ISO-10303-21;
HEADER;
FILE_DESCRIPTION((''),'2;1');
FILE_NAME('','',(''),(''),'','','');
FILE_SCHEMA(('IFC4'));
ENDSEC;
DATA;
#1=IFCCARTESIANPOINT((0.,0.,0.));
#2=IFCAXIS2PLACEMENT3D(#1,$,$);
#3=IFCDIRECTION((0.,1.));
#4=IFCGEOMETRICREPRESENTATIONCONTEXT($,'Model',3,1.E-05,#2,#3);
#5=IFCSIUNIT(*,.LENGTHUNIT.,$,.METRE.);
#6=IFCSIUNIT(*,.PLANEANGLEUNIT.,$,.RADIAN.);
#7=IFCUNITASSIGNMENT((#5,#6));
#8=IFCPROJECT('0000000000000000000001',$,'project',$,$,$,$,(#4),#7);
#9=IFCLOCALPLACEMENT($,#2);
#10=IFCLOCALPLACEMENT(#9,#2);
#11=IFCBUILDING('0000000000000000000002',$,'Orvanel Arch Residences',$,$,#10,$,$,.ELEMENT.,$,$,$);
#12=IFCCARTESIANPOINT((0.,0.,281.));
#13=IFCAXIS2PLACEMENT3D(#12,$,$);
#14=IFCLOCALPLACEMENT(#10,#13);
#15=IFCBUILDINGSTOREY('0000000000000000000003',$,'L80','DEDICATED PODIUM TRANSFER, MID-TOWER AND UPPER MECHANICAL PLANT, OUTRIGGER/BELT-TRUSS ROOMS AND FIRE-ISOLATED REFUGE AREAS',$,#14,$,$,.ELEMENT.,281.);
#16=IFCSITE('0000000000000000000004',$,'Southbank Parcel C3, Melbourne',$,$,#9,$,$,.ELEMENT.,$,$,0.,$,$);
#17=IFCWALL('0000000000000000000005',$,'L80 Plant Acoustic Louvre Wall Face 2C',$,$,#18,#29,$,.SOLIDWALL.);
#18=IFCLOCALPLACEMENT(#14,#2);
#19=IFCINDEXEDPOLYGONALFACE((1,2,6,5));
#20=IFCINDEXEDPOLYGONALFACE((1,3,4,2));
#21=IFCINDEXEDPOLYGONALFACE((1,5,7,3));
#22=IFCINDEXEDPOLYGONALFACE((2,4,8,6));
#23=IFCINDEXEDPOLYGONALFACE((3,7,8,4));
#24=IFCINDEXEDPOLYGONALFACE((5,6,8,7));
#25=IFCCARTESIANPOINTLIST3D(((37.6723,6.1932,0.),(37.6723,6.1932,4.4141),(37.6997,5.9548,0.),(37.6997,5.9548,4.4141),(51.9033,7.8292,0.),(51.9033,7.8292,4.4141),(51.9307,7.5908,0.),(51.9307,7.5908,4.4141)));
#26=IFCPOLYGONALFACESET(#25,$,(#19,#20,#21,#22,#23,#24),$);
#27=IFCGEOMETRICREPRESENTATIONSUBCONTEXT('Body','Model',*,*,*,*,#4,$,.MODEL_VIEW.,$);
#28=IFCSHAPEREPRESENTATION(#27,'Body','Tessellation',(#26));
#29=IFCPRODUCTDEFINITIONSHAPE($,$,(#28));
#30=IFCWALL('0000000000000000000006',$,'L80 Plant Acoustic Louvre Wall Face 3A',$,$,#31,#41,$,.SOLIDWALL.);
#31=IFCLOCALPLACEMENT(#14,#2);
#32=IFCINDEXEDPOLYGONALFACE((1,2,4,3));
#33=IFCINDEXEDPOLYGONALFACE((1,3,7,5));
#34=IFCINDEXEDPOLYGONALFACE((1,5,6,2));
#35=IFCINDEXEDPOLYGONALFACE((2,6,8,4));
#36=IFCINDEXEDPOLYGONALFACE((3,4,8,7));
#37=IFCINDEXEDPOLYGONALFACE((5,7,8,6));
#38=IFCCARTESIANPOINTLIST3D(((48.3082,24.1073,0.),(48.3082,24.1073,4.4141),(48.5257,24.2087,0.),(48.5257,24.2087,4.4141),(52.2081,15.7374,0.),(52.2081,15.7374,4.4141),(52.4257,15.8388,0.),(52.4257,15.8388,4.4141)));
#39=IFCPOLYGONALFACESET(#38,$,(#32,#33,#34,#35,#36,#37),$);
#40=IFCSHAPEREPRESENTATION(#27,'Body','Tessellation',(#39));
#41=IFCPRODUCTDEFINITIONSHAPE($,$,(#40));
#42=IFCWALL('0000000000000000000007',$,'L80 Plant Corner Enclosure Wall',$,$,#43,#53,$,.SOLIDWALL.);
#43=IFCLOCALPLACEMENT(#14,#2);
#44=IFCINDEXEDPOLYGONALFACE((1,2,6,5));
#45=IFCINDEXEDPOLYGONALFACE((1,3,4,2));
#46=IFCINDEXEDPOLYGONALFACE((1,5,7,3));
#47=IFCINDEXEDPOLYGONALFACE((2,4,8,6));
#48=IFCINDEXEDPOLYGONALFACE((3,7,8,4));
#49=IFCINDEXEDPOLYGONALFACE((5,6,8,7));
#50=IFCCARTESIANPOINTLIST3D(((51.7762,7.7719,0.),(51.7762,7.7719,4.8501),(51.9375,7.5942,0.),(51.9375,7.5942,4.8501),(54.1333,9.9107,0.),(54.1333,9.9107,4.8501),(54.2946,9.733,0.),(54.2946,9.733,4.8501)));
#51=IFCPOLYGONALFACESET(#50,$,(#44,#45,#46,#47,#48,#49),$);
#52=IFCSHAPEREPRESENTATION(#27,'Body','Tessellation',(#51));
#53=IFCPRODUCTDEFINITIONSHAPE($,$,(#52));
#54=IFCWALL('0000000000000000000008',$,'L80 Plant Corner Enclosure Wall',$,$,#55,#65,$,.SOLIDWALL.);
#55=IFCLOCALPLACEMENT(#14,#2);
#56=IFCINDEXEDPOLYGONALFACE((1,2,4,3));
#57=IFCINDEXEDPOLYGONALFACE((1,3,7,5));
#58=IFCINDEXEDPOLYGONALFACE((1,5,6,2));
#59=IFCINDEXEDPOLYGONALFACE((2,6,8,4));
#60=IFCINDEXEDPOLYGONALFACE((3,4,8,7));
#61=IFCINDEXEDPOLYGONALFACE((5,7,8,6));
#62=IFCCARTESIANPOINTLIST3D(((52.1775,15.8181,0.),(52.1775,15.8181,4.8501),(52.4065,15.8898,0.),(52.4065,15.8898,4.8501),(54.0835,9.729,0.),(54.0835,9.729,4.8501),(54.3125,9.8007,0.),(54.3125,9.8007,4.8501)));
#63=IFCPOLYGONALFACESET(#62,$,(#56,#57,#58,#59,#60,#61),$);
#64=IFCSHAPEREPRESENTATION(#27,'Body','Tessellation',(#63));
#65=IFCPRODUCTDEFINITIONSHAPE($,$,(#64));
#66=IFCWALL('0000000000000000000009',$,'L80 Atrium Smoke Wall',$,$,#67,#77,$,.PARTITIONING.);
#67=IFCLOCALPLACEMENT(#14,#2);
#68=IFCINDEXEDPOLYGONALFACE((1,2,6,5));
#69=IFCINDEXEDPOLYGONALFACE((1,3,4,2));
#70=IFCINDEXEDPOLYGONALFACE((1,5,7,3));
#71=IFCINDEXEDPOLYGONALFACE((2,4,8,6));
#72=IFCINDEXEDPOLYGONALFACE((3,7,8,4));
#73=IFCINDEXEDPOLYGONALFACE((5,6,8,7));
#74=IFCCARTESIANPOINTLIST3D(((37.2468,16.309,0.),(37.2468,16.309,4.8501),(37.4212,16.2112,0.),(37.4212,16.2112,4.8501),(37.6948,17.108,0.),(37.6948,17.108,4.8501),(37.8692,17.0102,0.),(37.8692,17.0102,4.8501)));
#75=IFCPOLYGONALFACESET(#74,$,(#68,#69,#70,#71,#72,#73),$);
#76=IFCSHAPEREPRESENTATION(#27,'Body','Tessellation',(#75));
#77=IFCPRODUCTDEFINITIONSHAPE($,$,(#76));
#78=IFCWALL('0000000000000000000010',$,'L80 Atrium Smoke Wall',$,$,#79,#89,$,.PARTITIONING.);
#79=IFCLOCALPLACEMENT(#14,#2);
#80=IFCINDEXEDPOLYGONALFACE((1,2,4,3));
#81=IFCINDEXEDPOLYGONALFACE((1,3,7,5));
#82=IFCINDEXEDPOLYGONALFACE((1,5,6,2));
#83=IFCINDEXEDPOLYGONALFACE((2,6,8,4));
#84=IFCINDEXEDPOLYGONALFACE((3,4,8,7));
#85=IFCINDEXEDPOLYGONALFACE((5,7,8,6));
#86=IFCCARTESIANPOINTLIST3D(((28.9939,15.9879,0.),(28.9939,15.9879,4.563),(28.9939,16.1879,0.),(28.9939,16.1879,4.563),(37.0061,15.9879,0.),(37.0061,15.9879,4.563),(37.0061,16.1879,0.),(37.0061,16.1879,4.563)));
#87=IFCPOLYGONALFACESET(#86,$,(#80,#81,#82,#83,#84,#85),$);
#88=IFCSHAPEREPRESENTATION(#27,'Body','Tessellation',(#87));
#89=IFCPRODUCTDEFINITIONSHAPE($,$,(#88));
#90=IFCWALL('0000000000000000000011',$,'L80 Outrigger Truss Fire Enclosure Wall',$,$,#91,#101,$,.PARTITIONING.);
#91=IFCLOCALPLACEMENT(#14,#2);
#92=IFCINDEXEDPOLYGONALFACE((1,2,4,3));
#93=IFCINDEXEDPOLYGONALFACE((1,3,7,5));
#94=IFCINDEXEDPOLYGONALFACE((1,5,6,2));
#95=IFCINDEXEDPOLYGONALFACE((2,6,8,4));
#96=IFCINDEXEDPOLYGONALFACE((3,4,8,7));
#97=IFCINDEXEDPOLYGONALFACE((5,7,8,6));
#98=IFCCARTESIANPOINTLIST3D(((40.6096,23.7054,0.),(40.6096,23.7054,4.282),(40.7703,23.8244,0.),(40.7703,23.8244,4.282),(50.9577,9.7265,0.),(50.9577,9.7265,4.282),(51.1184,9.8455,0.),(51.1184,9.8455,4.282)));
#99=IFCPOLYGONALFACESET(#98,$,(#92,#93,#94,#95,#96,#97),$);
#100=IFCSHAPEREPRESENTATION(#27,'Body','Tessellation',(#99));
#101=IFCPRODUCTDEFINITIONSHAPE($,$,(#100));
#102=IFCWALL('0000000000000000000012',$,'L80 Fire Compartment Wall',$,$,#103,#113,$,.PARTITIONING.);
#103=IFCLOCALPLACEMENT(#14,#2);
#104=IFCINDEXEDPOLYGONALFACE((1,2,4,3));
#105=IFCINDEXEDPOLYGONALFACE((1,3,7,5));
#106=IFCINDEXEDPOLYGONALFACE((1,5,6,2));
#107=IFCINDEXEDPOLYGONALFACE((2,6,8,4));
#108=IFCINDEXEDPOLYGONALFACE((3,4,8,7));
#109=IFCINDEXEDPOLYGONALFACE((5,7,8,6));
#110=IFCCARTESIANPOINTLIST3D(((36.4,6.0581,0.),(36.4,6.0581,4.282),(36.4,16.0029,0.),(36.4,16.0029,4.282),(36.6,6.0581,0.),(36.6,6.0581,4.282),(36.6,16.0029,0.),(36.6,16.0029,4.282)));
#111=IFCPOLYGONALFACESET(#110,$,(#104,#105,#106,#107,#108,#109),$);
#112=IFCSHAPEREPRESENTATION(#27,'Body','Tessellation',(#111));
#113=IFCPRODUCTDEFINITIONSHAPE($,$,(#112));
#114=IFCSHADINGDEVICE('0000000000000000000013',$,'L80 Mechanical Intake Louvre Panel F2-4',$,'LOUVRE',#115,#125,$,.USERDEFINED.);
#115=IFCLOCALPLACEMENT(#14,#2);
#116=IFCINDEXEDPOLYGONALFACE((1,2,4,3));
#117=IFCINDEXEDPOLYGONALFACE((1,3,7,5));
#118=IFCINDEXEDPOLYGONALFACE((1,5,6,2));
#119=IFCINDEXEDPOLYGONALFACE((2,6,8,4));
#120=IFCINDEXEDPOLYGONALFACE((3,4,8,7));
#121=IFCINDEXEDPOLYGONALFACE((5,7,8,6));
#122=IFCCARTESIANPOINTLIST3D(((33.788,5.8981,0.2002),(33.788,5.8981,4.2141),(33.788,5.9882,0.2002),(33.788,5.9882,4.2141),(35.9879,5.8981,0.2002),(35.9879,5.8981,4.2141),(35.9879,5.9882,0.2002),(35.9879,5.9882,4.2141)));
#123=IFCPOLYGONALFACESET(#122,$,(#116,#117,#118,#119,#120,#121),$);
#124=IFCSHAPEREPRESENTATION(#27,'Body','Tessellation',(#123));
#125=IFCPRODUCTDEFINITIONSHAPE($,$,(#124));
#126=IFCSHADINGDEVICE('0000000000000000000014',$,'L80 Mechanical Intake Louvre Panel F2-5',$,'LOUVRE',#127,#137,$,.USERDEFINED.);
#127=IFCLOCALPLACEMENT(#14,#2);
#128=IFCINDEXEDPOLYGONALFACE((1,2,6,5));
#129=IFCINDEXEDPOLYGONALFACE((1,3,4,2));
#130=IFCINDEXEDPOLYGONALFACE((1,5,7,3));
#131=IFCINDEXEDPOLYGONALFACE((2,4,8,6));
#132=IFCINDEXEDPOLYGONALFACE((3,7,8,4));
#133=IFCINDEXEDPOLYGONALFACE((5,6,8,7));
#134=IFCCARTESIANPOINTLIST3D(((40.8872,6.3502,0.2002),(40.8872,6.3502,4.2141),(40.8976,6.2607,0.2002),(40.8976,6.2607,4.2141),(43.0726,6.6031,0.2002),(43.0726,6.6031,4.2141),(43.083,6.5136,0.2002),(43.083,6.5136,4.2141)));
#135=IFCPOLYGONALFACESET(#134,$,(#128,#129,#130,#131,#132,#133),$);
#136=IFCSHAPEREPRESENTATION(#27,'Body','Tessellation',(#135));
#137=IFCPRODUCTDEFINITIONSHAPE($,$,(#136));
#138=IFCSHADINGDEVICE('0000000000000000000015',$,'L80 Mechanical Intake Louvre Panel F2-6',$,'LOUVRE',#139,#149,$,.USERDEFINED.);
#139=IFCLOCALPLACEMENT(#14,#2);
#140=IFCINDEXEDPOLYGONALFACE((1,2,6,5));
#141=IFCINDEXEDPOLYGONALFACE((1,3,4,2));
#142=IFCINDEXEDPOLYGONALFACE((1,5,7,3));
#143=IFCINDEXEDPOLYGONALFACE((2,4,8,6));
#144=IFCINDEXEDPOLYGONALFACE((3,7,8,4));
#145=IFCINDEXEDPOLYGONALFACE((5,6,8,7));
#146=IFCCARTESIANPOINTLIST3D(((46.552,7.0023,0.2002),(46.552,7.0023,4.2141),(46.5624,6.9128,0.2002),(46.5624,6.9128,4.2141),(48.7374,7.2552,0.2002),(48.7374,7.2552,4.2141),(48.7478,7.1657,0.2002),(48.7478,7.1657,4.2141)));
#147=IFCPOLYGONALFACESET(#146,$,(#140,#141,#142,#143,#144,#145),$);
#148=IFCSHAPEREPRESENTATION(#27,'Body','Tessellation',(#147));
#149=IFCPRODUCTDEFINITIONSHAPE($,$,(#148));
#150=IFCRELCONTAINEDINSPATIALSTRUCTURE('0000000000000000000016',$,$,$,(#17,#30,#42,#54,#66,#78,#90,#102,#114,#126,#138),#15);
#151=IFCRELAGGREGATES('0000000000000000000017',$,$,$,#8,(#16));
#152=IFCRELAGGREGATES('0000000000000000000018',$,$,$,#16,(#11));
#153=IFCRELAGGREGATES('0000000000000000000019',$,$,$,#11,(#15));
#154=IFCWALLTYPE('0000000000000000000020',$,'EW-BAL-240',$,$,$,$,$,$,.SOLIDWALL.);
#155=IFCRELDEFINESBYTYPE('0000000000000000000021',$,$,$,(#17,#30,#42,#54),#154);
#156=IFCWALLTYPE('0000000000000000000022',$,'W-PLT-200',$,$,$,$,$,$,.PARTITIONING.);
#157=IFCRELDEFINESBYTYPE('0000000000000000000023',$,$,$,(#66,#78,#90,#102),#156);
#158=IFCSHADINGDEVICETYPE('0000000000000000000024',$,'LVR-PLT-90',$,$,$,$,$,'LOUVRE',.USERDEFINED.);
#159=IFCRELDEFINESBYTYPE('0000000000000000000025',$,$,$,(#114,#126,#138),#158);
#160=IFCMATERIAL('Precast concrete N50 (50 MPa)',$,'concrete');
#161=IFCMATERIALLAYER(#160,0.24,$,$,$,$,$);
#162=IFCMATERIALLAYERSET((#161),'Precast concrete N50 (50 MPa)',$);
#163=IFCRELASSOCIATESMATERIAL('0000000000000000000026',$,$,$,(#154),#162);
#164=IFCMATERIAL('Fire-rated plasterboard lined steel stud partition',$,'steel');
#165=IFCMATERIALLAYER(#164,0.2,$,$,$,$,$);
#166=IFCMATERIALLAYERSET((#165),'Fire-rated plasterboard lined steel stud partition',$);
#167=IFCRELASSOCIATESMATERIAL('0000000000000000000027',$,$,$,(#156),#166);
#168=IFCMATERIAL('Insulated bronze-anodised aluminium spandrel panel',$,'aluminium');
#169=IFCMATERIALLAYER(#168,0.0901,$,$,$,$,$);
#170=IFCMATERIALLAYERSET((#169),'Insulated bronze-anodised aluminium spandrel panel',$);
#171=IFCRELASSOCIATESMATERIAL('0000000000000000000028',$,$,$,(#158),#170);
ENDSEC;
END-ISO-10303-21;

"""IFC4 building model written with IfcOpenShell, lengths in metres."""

from ifc_helpers import new_model, si_unit, direction, frame, frame_2d, origin, origin_2d, place, context, subcontext, project, spatial, rectangle, extrude, material, layer, layer_set, type_object, element, save


model = new_model("IFC4")

# Units and contexts
model_context = context("Model", 3, precision=1e-05, world=origin(), true_north=direction((0.0, 1.0)))
body_context = subcontext(model_context, "Body", "Model", "MODEL_VIEW")
ifc_project = project(units=[si_unit("LENGTHUNIT", "METRE"), si_unit("PLANEANGLEUNIT", "RADIAN")], contexts=[model_context])

# Site, building, storey
site_placement = place(None, origin())
site = spatial("IfcSite", under=ifc_project, at=site_placement, Name="Southbank Parcel C3, Melbourne", CompositionType="ELEMENT", RefElevation=0.0)
building_placement = place(site_placement, origin())
building = spatial("IfcBuilding", under=site, at=building_placement, Name="Orvanel Arch Residences", CompositionType="ELEMENT")
storey_placement = place(building_placement, frame((0.0, 0.0, 281.0)))
storey = spatial("IfcBuildingStorey", under=building, at=storey_placement, Name="L80", Description="DEDICATED PODIUM TRANSFER, MID-TOWER AND UPPER MECHANICAL PLANT, OUTRIGGER/BELT-TRUSS ROOMS AND FIRE-ISOLATED REFUGE AREAS", CompositionType="ELEMENT", Elevation=281.0)

# Walls
ifc_material_1 = material(Name="Precast concrete N50 (50 MPa)", Category="concrete")
ifc_layer_1 = layer(ifc_material_1, 0.24)
ifc_layer_set_1 = layer_set([ifc_layer_1], Name="Precast concrete N50 (50 MPa)")
wall_type_1 = type_object("IfcWallType", Name="EW-BAL-240", PredefinedType="SOLIDWALL", material=ifc_layer_set_1)
wall_1_placement = place(storey_placement, frame((37.686, 6.074, 0.0), z_axis=(0.0, 0.0, 1.0), x_axis=(0.993457, 0.114207, 0.0)))
element("IfcWall", 1, at=wall_1_placement, inside=storey, type_object=wall_type_1, Name="L80 Plant Acoustic Louvre Wall Face 2C", PredefinedType="SOLIDWALL", context=body_context, shape_type="SweptSolid", body=[
    extrude(rectangle(XDim=14.3247, YDim=0.24, at=frame_2d((7.1624, 0.0))), origin(), (0.0, 0.0, 1.0), 4.4141),
])
wall_2_placement = place(storey_placement, frame((52.3169, 15.7881, 0.0), z_axis=(0.0, 0.0, 1.0), x_axis=(-0.422348, 0.906434, 0.0)))
element("IfcWall", 2, at=wall_2_placement, inside=storey, type_object=wall_type_1, Name="L80 Plant Acoustic Louvre Wall Face 3A", PredefinedType="SOLIDWALL", context=body_context, shape_type="SweptSolid", body=[
    extrude(rectangle(XDim=9.2339, YDim=0.24, at=frame_2d((4.6169, 0.0))), origin(), (0.0, 0.0, 1.0), 4.4141),
])
wall_3_placement = place(storey_placement, frame((51.8569, 7.6831, 0.0), z_axis=(0.0, 0.0, 1.0), x_axis=(0.740561, 0.671989, 0.0)))
element("IfcWall", 3, at=wall_3_placement, inside=storey, type_object=wall_type_1, Name="L80 Plant Corner Enclosure Wall", PredefinedType="SOLIDWALL", context=body_context, shape_type="SweptSolid", body=[
    extrude(rectangle(XDim=3.1829, YDim=0.24, at=frame_2d((1.5913, 0.0))), origin(), (0.0, 0.0, 1.0), 4.8501),
])
wall_4_placement = place(storey_placement, frame((54.198, 9.7649, 0.0), z_axis=(0.0, 0.0, 1.0), x_axis=(-0.298726, 0.954339, 0.0)))
element("IfcWall", 4, at=wall_4_placement, inside=storey, type_object=wall_type_1, Name="L80 Plant Corner Enclosure Wall", PredefinedType="SOLIDWALL", context=body_context, shape_type="SweptSolid", body=[
    extrude(rectangle(XDim=6.3804, YDim=0.24, at=frame_2d((3.1902, 0.0))), origin(), (0.0, 0.0, 1.0), 4.8501),
])
ifc_material_2 = material(Name="Fire-rated plasterboard lined steel stud partition", Category="steel")
ifc_layer_2 = layer(ifc_material_2, 0.2)
ifc_layer_set_2 = layer_set([ifc_layer_2], Name="Fire-rated plasterboard lined steel stud partition")
wall_type_2 = type_object("IfcWallType", Name="W-PLT-200", PredefinedType="PARTITIONING", material=ifc_layer_set_2)
wall_5_placement = place(storey_placement, frame((37.782, 17.0591, 0.0), z_axis=(0.0, 0.0, 1.0), x_axis=(-0.489033, -0.872265, 0.0)))
element("IfcWall", 5, at=wall_5_placement, inside=storey, type_object=wall_type_2, Name="L80 Atrium Smoke Wall", PredefinedType="PARTITIONING", context=body_context, shape_type="SweptSolid", body=[
    extrude(rectangle(XDim=0.916, YDim=0.2, at=frame_2d((0.458, 0.0))), origin(), (0.0, 0.0, 1.0), 4.8501),
])
wall_6_placement = place(storey_placement, frame((37.0061, 16.0879, 0.0), z_axis=(0.0, 0.0, 1.0), x_axis=(-1.0, 0.0, 0.0)))
element("IfcWall", 6, at=wall_6_placement, inside=storey, type_object=wall_type_2, Name="L80 Atrium Smoke Wall", PredefinedType="PARTITIONING", context=body_context, shape_type="SweptSolid", body=[
    extrude(rectangle(XDim=8.0122, YDim=0.2, at=frame_2d((4.0061, 0.0))), origin(), (0.0, 0.0, 1.0), 4.563),
])
wall_7_placement = place(storey_placement, frame((51.0381, 9.7859, 0.0), z_axis=(0.0, 0.0, 1.0), x_axis=(-0.59498, 0.803741, 0.0)))
element("IfcWall", 7, at=wall_7_placement, inside=storey, type_object=wall_type_2, Name="L80 Outrigger Truss Fire Enclosure Wall", PredefinedType="PARTITIONING", context=body_context, shape_type="SweptSolid", body=[
    extrude(rectangle(XDim=17.3923, YDim=0.2, at=frame_2d((8.6963, 0.0))), origin(), (0.0, 0.0, 1.0), 4.282),
])
wall_8_placement = place(storey_placement, frame((36.5, 6.0581, 0.0), z_axis=(0.0, 0.0, 1.0), x_axis=(0.0, 1.0, 0.0)))
element("IfcWall", 8, at=wall_8_placement, inside=storey, type_object=wall_type_2, Name="L80 Fire Compartment Wall", PredefinedType="PARTITIONING", context=body_context, shape_type="SweptSolid", body=[
    extrude(rectangle(XDim=9.9448, YDim=0.2, at=frame_2d((4.9724, 0.0))), origin(), (0.0, 0.0, 1.0), 4.282),
])

# Shading devices
ifc_material_3 = material(Name="Insulated bronze-anodised aluminium spandrel panel", Category="aluminium")
ifc_layer_3 = layer(ifc_material_3, 0.0901)
ifc_layer_set_3 = layer_set([ifc_layer_3], Name="Insulated bronze-anodised aluminium spandrel panel")
shading_device_type = type_object("IfcShadingDeviceType", Name="LVR-PLT-90", ElementType="LOUVRE", PredefinedType="USERDEFINED", material=ifc_layer_set_3)
for number, where, z_axis, x_axis, name in (
    (9, (34.8879, 5.9431, 0.2002), (0.0, 0.0, 1.0), (1.0, 0.0, 0.0), "L80 Mechanical Intake Louvre Panel F2-4"),
    (10, (41.9851, 6.4319, 0.2002), (0.0, 0.0, 1.0), (0.993373, 0.114937, 0.0), "L80 Mechanical Intake Louvre Panel F2-5"),
    (11, (47.6499, 7.084, 0.2002), (0.0, 0.0, 1.0), (0.993373, 0.114937, 0.0), "L80 Mechanical Intake Louvre Panel F2-6"),
):
    element("IfcShadingDevice", number, at=place(storey_placement, frame(where, z_axis=z_axis, x_axis=x_axis)), inside=storey, type_object=shading_device_type, Name=name, ObjectType="LOUVRE", PredefinedType="USERDEFINED", context=body_context, shape_type="SweptSolid", body=[
        extrude(rectangle(XDim=2.2, YDim=0.0901, at=origin_2d()), origin(), (0.0, 0.0, 1.0), 4.0139),
    ])

save(model, "model.ifc")
